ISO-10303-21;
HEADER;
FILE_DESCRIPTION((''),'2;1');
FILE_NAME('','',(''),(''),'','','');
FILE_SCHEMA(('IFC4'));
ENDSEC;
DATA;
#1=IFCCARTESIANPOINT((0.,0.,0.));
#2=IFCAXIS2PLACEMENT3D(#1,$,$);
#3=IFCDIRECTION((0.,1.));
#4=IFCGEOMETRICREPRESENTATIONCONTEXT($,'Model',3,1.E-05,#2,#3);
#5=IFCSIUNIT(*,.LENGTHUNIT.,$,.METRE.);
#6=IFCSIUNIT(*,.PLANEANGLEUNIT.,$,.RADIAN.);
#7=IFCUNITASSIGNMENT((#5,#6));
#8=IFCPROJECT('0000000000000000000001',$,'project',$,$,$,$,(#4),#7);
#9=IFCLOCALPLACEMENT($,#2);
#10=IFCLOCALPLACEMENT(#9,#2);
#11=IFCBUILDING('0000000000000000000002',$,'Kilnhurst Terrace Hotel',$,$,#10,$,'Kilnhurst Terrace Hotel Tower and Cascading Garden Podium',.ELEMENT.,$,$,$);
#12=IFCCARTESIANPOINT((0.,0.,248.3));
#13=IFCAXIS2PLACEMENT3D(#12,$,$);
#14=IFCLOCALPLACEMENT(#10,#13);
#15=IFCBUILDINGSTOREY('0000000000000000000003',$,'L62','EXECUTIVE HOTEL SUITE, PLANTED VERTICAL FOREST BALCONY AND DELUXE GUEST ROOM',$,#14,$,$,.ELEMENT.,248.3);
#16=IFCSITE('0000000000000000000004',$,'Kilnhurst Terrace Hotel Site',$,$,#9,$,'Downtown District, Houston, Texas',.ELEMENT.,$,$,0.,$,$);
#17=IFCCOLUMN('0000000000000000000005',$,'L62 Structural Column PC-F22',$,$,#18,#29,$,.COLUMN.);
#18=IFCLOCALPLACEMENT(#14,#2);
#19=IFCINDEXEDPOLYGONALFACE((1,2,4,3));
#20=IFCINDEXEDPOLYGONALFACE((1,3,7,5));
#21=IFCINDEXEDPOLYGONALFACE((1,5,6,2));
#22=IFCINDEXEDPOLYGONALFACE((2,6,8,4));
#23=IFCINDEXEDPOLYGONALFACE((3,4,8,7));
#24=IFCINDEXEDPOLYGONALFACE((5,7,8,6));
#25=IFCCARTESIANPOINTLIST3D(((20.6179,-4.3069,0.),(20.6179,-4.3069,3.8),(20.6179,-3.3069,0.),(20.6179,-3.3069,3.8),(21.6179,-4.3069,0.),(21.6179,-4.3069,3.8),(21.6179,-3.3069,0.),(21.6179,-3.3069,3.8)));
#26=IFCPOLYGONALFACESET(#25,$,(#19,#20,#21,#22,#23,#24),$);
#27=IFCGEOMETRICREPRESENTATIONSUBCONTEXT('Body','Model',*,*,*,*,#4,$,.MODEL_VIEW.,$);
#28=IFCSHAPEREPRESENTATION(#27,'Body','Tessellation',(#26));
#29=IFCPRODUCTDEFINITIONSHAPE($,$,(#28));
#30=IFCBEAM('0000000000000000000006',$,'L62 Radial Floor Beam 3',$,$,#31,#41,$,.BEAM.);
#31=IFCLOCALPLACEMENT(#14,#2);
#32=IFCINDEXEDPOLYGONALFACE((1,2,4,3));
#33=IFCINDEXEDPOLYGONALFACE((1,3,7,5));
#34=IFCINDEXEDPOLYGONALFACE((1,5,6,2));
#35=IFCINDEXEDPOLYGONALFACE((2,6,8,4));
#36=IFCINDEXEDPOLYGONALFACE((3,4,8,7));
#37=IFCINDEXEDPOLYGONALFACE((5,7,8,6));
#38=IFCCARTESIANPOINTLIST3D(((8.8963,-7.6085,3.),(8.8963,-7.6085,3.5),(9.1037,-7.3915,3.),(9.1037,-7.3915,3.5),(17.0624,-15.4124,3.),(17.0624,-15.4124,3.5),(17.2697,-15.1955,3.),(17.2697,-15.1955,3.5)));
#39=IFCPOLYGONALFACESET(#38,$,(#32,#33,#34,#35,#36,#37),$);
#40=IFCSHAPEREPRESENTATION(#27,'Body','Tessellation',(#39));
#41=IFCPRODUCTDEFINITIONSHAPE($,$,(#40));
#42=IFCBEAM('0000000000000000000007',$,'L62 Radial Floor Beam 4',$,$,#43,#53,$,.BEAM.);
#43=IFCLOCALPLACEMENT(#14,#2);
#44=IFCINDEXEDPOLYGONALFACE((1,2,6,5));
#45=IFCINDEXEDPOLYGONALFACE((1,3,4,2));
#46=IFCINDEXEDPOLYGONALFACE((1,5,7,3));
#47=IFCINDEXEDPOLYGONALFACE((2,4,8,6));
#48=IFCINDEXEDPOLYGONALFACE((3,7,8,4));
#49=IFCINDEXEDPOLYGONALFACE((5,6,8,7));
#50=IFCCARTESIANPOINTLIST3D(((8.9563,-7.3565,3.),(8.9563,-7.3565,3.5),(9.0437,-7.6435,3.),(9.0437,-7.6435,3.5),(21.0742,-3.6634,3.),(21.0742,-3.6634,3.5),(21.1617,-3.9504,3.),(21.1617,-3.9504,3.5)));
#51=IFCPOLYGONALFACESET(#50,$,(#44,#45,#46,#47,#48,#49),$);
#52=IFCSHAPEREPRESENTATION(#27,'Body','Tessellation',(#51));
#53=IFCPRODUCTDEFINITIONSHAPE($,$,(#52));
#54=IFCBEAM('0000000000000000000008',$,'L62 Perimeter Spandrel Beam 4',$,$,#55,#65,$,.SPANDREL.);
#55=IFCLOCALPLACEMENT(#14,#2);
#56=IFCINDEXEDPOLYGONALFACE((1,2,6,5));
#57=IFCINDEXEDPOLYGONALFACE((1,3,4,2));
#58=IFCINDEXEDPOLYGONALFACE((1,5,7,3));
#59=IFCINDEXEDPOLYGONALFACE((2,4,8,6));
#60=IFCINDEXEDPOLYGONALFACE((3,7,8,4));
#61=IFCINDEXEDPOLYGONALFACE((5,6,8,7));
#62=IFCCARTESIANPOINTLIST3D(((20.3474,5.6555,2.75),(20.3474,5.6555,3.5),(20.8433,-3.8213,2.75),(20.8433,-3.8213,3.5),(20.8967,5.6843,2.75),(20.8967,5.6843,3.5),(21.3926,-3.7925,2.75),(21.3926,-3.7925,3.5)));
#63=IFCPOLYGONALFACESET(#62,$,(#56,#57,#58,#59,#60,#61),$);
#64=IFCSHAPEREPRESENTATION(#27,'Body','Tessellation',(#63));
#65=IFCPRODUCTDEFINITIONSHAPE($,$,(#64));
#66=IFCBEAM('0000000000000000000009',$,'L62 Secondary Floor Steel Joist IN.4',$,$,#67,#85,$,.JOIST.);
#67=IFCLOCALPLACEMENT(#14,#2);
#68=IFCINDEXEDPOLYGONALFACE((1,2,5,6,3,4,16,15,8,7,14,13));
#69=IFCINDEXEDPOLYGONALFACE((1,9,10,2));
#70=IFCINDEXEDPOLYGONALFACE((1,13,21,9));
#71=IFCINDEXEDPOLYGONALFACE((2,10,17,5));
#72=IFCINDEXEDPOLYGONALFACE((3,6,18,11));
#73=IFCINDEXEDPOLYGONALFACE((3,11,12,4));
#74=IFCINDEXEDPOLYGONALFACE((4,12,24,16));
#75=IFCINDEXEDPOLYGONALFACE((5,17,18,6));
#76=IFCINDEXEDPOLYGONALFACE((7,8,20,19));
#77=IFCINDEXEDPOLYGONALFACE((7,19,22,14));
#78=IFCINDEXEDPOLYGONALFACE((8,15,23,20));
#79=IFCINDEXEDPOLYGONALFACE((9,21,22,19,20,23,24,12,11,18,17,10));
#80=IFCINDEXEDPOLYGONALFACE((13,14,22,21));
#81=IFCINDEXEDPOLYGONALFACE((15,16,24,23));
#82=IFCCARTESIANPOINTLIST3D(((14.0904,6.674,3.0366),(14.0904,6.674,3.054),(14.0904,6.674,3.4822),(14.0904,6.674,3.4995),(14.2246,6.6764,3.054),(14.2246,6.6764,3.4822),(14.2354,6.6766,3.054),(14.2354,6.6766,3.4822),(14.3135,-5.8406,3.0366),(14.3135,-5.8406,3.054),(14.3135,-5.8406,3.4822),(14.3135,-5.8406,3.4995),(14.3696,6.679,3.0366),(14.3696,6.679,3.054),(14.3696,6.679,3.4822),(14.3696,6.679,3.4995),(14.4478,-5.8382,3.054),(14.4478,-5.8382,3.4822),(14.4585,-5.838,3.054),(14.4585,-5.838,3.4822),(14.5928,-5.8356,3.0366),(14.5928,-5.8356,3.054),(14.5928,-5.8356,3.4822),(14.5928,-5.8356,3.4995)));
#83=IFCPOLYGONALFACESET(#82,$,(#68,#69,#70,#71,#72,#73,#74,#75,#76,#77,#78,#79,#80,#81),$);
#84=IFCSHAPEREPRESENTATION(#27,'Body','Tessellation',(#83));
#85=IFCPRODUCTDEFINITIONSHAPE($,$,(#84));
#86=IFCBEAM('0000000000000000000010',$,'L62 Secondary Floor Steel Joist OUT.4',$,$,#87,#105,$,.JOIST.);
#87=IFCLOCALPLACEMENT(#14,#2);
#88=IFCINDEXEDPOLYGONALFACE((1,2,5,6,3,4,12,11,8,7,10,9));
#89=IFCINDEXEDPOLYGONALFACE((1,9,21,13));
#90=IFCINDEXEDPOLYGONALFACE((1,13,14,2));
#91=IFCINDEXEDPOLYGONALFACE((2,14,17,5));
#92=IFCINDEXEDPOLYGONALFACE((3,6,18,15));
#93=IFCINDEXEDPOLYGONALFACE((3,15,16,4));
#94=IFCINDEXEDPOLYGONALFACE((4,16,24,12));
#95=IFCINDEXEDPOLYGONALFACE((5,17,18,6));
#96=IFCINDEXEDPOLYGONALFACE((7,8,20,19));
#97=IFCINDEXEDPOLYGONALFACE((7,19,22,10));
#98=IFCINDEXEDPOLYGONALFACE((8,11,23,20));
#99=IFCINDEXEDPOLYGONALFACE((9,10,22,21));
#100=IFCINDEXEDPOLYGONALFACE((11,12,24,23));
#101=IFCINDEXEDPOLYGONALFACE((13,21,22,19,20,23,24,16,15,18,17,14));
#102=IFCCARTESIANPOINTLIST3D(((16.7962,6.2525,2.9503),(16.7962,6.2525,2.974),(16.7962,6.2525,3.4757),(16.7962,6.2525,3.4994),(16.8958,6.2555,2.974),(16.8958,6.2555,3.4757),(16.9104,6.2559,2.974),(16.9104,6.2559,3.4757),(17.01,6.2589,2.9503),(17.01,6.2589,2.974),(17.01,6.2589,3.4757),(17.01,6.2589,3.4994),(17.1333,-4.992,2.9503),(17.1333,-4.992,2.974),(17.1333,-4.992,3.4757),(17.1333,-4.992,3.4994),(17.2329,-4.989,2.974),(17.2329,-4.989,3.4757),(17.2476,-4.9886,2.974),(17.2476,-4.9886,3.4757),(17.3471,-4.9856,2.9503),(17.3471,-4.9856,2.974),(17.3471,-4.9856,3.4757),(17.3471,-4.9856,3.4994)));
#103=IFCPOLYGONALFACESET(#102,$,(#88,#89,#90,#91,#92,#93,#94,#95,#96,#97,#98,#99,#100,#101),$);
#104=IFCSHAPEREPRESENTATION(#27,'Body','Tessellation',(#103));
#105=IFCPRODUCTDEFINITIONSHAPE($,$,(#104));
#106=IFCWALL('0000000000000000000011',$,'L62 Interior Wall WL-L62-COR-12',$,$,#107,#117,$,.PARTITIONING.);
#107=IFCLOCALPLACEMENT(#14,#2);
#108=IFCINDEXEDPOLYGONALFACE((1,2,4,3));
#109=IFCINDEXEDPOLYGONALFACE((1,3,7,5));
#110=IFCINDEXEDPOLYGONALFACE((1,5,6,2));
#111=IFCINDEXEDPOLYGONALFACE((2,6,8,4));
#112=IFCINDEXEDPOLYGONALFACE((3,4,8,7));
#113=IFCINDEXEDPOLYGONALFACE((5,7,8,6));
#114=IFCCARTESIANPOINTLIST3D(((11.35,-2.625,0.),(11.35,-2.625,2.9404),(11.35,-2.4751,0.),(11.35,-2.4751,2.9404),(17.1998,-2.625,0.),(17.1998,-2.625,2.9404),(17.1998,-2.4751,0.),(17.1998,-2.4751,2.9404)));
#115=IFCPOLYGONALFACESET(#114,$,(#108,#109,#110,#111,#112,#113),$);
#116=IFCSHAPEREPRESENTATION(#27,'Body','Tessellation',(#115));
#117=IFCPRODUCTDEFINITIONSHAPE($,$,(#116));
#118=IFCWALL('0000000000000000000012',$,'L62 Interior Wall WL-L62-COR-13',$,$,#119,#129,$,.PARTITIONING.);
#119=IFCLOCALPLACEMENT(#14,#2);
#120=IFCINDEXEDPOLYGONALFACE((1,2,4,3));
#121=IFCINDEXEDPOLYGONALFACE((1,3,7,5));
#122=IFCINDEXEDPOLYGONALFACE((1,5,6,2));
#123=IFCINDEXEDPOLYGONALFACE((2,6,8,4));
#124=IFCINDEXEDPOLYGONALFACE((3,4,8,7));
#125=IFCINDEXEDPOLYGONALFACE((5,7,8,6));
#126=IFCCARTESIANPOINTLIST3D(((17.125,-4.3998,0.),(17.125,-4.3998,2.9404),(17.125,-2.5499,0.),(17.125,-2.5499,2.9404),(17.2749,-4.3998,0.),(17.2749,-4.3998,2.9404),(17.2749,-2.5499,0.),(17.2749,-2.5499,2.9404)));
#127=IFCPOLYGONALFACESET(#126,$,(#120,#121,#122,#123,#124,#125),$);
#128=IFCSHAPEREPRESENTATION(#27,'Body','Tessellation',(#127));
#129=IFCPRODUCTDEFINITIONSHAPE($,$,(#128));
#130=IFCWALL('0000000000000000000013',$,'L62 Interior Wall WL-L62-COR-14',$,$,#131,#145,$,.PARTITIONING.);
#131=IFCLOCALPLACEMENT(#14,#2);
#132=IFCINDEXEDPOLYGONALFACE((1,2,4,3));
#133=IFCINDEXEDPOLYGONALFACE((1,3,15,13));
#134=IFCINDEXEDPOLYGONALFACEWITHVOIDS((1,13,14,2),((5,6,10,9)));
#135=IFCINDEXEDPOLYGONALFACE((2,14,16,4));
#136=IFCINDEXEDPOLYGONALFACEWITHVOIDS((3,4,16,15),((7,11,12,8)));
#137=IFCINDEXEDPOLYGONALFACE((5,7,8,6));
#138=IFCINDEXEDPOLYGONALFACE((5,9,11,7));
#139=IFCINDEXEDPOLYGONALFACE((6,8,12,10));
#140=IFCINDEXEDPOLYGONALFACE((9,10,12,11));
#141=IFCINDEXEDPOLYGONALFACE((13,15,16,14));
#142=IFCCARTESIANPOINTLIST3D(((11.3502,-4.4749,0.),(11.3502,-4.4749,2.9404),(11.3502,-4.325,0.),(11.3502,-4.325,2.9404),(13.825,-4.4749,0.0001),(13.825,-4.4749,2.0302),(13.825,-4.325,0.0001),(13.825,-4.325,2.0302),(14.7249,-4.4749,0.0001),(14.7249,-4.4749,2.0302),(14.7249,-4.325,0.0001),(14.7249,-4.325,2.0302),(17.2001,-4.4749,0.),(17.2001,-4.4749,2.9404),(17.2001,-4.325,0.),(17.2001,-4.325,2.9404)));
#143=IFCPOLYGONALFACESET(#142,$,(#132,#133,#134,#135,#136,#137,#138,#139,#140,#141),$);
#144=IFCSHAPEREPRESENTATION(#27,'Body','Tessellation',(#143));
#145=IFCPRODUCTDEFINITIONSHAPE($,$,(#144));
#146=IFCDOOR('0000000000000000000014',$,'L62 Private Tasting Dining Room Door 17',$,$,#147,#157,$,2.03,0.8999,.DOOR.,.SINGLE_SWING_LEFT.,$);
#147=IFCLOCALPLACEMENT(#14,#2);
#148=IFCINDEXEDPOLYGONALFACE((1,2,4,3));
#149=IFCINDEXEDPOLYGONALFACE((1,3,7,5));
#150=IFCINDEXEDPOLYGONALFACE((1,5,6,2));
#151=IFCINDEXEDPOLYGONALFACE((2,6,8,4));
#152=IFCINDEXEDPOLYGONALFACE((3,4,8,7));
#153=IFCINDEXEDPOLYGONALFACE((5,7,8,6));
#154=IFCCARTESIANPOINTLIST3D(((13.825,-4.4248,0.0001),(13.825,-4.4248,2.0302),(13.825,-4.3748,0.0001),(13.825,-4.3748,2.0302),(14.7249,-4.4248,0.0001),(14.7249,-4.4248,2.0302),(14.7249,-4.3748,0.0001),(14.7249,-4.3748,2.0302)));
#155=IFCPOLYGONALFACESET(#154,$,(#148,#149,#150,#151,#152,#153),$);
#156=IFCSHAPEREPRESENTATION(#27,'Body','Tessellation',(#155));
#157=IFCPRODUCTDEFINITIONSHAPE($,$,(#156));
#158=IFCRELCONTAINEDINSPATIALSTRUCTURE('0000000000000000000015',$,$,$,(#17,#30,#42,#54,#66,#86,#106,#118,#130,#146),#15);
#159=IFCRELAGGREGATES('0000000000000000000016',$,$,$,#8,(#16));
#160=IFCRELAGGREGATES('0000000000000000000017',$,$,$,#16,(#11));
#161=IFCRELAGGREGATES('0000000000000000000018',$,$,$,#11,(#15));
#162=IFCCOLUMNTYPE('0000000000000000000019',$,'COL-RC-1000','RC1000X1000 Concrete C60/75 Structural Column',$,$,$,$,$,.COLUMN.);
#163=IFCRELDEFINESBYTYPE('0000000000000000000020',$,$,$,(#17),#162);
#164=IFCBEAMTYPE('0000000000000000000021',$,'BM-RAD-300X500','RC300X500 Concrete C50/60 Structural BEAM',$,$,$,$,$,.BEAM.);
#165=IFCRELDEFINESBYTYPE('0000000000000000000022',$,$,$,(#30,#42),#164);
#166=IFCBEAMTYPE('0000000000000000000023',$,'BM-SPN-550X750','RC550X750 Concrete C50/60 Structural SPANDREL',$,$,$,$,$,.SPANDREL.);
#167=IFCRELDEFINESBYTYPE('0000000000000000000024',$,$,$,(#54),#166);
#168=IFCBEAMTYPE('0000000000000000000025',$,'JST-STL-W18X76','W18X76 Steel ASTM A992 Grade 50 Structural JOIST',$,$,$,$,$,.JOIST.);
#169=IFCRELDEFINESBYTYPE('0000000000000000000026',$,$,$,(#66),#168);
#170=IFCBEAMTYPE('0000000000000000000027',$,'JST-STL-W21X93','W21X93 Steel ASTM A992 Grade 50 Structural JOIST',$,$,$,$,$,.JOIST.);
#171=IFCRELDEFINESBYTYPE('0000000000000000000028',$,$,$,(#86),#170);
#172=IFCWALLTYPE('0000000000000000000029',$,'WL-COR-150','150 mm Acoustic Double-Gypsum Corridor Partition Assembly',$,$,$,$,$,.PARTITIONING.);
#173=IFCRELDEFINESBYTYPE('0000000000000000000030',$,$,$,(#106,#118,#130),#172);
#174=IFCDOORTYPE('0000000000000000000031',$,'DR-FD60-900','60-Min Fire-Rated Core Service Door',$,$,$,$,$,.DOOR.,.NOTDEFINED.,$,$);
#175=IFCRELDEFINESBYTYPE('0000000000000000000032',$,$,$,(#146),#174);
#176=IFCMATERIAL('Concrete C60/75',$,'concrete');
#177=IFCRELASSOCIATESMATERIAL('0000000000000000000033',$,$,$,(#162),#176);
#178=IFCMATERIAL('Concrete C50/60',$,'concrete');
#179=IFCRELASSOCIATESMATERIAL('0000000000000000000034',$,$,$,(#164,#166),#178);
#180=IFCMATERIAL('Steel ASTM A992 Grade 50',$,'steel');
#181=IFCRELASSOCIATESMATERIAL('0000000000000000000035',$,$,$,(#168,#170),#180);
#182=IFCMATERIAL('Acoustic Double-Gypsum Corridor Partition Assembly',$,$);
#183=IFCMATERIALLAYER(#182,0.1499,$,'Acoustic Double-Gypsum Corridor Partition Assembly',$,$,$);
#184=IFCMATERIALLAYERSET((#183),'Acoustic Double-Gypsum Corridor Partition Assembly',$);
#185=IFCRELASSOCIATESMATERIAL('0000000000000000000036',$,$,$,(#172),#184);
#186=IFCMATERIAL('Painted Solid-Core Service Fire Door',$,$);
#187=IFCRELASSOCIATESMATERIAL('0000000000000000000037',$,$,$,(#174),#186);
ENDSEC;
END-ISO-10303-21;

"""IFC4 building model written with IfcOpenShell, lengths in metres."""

from ifc_helpers import new_model, si_unit, direction, frame, frame_2d, origin, origin_2d, place, context, subcontext, project, spatial, rectangle, i_section, extrude, material, layer, layer_set, material_profile, profile_set, type_object, element, fill, save


model = new_model("IFC4")

# Units and contexts
model_context = context("Model", 3, precision=1e-05, world=origin(), true_north=direction((0.0, 1.0)))
body_context = subcontext(model_context, "Body", "Model", "MODEL_VIEW")
ifc_project = project(units=[si_unit("LENGTHUNIT", "METRE"), si_unit("PLANEANGLEUNIT", "RADIAN")], contexts=[model_context])

# Site, building, storey
site_placement = place(None, origin())
site = spatial("IfcSite", under=ifc_project, at=site_placement, Name="Kilnhurst Terrace Hotel Site", LongName="Downtown District, Houston, Texas", CompositionType="ELEMENT", RefElevation=0.0)
building_placement = place(site_placement, origin())
building = spatial("IfcBuilding", under=site, at=building_placement, Name="Kilnhurst Terrace Hotel", LongName="Kilnhurst Terrace Hotel Tower and Cascading Garden Podium", CompositionType="ELEMENT")
storey_placement = place(building_placement, frame((0.0, 0.0, 248.3)))
storey = spatial("IfcBuildingStorey", under=building, at=storey_placement, Name="L62", Description="EXECUTIVE HOTEL SUITE, PLANTED VERTICAL FOREST BALCONY AND DELUXE GUEST ROOM", CompositionType="ELEMENT", Elevation=248.3)

# Column
ifc_material_1 = material(Name="Concrete C60/75", Category="concrete")
ifc_material_profile_1 = material_profile(ifc_material_1, rectangle(XDim=1.0, YDim=1.0, at=origin_2d()), Name="RC1000X1000")
ifc_profile_set_1 = profile_set([ifc_material_profile_1], Name="Concrete C60/75")
column_type = type_object("IfcColumnType", Name="COL-RC-1000", Description="RC1000X1000 Concrete C60/75 Structural Column", PredefinedType="COLUMN", material=ifc_profile_set_1)
column_placement = place(storey_placement, frame((21.1179, -3.8069, 0.0), z_axis=(0.0, 0.0, 1.0), x_axis=(1.0, 0.0, 0.0)))
element("IfcColumn", 1, at=column_placement, inside=storey, type_object=column_type, Name="L62 Structural Column PC-F22", PredefinedType="COLUMN", context=body_context, shape_type="SweptSolid", body=[
    extrude(rectangle(XDim=1.0, YDim=1.0, at=origin_2d()), origin(), (0.0, 0.0, 1.0), 3.8),
])

# Beams
ifc_material_2 = material(Name="Concrete C50/60", Category="concrete")
ifc_material_profile_2 = material_profile(ifc_material_2, rectangle(XDim=0.3, YDim=0.5, at=origin_2d()), Name="RC300X500")
ifc_profile_set_2 = profile_set([ifc_material_profile_2], Name="Concrete C50/60")
beam_type_1 = type_object("IfcBeamType", Name="BM-RAD-300X500", Description="RC300X500 Concrete C50/60 Structural BEAM", PredefinedType="BEAM", material=ifc_profile_set_2)
beam_1_placement = place(storey_placement, frame((9.0, -7.5, 3.25), z_axis=(0.722952, -0.690898, 0.0), x_axis=(0.690898, 0.722952, 0.0)))
element("IfcBeam", 2, at=beam_1_placement, inside=storey, type_object=beam_type_1, Name="L62 Radial Floor Beam 3", PredefinedType="BEAM", context=body_context, shape_type="SweptSolid", body=[
    extrude(rectangle(XDim=0.3, YDim=0.5, at=origin_2d()), origin(), (0.0, 0.0, 1.0), 11.2954),
])
beam_2_placement = place(storey_placement, frame((9.0, -7.5, 3.25), z_axis=(0.956563, 0.291527, 0.0), x_axis=(-0.291527, 0.956563, 0.0)))
element("IfcBeam", 3, at=beam_2_placement, inside=storey, type_object=beam_type_1, Name="L62 Radial Floor Beam 4", PredefinedType="BEAM", context=body_context, shape_type="SweptSolid", body=[
    extrude(rectangle(XDim=0.3, YDim=0.5, at=origin_2d()), origin(), (0.0, 0.0, 1.0), 12.6682),
])
ifc_material_profile_3 = material_profile(ifc_material_2, rectangle(XDim=0.55, YDim=0.75, at=origin_2d()), Name="RC550X750")
ifc_profile_set_3 = profile_set([ifc_material_profile_3], Name="Concrete C50/60")
beam_type_2 = type_object("IfcBeamType", Name="BM-SPN-550X750", Description="RC550X750 Concrete C50/60 Structural SPANDREL", PredefinedType="SPANDREL", material=ifc_profile_set_3)
beam_3_placement = place(storey_placement, frame((21.1179, -3.8069, 3.125), z_axis=(-0.052251, 0.998634, 0.0), x_axis=(-0.998634, -0.052251, 0.0)))
element("IfcBeam", 4, at=beam_3_placement, inside=storey, type_object=beam_type_2, Name="L62 Perimeter Spandrel Beam 4", PredefinedType="SPANDREL", context=body_context, shape_type="SweptSolid", body=[
    extrude(rectangle(XDim=0.55, YDim=0.75, at=origin_2d()), origin(), (0.0, 0.0, 1.0), 9.4897),
])
ifc_material_3 = material(Name="Steel ASTM A992 Grade 50", Category="steel")
ifc_material_profile_4 = material_profile(ifc_material_3, i_section(OverallWidth=0.2793, OverallDepth=0.4629, WebThickness=0.0107, FlangeThickness=0.0173, at=origin_2d()), Name="W18X76")
ifc_profile_set_4 = profile_set([ifc_material_profile_4], Name="Steel ASTM A992 Grade 50")
beam_type_3 = type_object("IfcBeamType", Name="JST-STL-W18X76", Description="W18X76 Steel ASTM A992 Grade 50 Structural JOIST", PredefinedType="JOIST", material=ifc_profile_set_4)
beam_4_placement = place(storey_placement, frame((14.4531, -5.8381, 3.2681), z_axis=(-0.017828, 0.999841, 0.0), x_axis=(-0.999841, -0.017828, 0.0)))
element("IfcBeam", 5, at=beam_4_placement, inside=storey, type_object=beam_type_3, Name="L62 Secondary Floor Steel Joist IN.4", PredefinedType="JOIST", context=body_context, shape_type="SweptSolid", body=[
    extrude(i_section(OverallWidth=0.2793, OverallDepth=0.4629, WebThickness=0.0107, FlangeThickness=0.0173, at=origin_2d()), origin(), (0.0, 0.0, 1.0), 12.5166),
])
ifc_material_profile_5 = material_profile(ifc_material_3, i_section(OverallWidth=0.2139, OverallDepth=0.5491, WebThickness=0.0146, FlangeThickness=0.0237, at=origin_2d()), Name="W21X93")
ifc_profile_set_5 = profile_set([ifc_material_profile_5], Name="Steel ASTM A992 Grade 50")
beam_type_4 = type_object("IfcBeamType", Name="JST-STL-W21X93", Description="W21X93 Steel ASTM A992 Grade 50 Structural JOIST", PredefinedType="JOIST", material=ifc_profile_set_5)
beam_5_placement = place(storey_placement, frame((17.2402, -4.9888, 3.2249), z_axis=(-0.029971, 0.999551, 0.0), x_axis=(-0.999551, -0.029971, 0.0)))
element("IfcBeam", 6, at=beam_5_placement, inside=storey, type_object=beam_type_4, Name="L62 Secondary Floor Steel Joist OUT.4", PredefinedType="JOIST", context=body_context, shape_type="SweptSolid", body=[
    extrude(i_section(OverallWidth=0.2139, OverallDepth=0.5491, WebThickness=0.0146, FlangeThickness=0.0237, at=origin_2d()), origin(), (0.0, 0.0, 1.0), 11.2495),
])

# Walls
ifc_material_4 = material(Name="Acoustic Double-Gypsum Corridor Partition Assembly")
ifc_layer_1 = layer(ifc_material_4, 0.1499, Name="Acoustic Double-Gypsum Corridor Partition Assembly")
ifc_layer_set_1 = layer_set([ifc_layer_1], Name="Acoustic Double-Gypsum Corridor Partition Assembly")
wall_type_1 = type_object("IfcWallType", Name="WL-COR-150", Description="150 mm Acoustic Double-Gypsum Corridor Partition Assembly", PredefinedType="PARTITIONING", material=ifc_layer_set_1)
wall_1_placement = place(storey_placement, frame((11.3501, -2.55, 0.0), z_axis=(0.0, 0.0, 1.0), x_axis=(1.0, 0.0, 0.0)))
element("IfcWall", 7, at=wall_1_placement, inside=storey, type_object=wall_type_1, Name="L62 Interior Wall WL-L62-COR-12", PredefinedType="PARTITIONING", context=body_context, shape_type="SweptSolid", body=[
    extrude(rectangle(XDim=5.8499, YDim=0.1499, at=frame_2d((2.9248, 0.0))), origin(), (0.0, 0.0, 1.0), 2.9404),
])
wall_2_placement = place(storey_placement, frame((17.2, -2.55, 0.0), z_axis=(0.0, 0.0, 1.0), x_axis=(0.0, -1.0, 0.0)))
element("IfcWall", 8, at=wall_2_placement, inside=storey, type_object=wall_type_1, Name="L62 Interior Wall WL-L62-COR-13", PredefinedType="PARTITIONING", context=body_context, shape_type="SweptSolid", body=[
    extrude(rectangle(XDim=1.8499, YDim=0.1499, at=frame_2d((0.9248, 0.0))), origin(), (0.0, 0.0, 1.0), 2.9404),
])

# Wall, opening, door
wall_3_placement = place(storey_placement, frame((17.2, -4.3999, 0.0), z_axis=(0.0, 0.0, 1.0), x_axis=(-1.0, 0.0, 0.0)))
wall_3 = element("IfcWall", 9, at=wall_3_placement, inside=storey, type_object=wall_type_1, Name="L62 Interior Wall WL-L62-COR-14", PredefinedType="PARTITIONING", context=body_context, shape_type="SweptSolid", body=[
    extrude(rectangle(XDim=5.8499, YDim=0.1499, at=frame_2d((2.9248, 0.0))), origin(), (0.0, 0.0, 1.0), 2.9404),
])
opening_1_placement = place(wall_3_placement, frame((2.4751, 0.0, 0.0)))
opening_1 = element("IfcOpeningElement", 10, at=opening_1_placement, cuts=wall_3, PredefinedType="OPENING", context=body_context, shape_type="SweptSolid", body=[
    extrude(rectangle(XDim=0.8999, YDim=2.03, at=frame_2d((0.45, 1.0151))), frame((0.0, 0.085, 0.0), z_axis=(0.0, -1.0, 0.0), x_axis=(1.0, 0.0, 0.0)), (0.0, 0.0, 1.0), 0.1699),
])
ifc_material_5 = material(Name="Painted Solid-Core Service Fire Door")
door_type_1 = type_object("IfcDoorType", Name="DR-FD60-900", Description="60-Min Fire-Rated Core Service Door", OperationType="NOTDEFINED", PredefinedType="DOOR", material=ifc_material_5)
door_1_placement = place(opening_1_placement, origin())
door_1 = element("IfcDoor", 11, at=door_1_placement, inside=storey, type_object=door_type_1, Name="L62 Private Tasting Dining Room Door 17", OperationType="SINGLE_SWING_LEFT", OverallHeight=2.03, OverallWidth=0.8999, PredefinedType="DOOR", context=body_context, shape_type="SweptSolid", body=[
    extrude(rectangle(XDim=0.8999, YDim=2.03, at=frame_2d((0.45, 1.0151))), frame((0.0, 0.0249, 0.0), z_axis=(0.0, -1.0, 0.0), x_axis=(1.0, 0.0, 0.0)), (0.0, 0.0, 1.0), 0.05),
])
fill(opening_1, door_1)

save(model, "model.ifc")
